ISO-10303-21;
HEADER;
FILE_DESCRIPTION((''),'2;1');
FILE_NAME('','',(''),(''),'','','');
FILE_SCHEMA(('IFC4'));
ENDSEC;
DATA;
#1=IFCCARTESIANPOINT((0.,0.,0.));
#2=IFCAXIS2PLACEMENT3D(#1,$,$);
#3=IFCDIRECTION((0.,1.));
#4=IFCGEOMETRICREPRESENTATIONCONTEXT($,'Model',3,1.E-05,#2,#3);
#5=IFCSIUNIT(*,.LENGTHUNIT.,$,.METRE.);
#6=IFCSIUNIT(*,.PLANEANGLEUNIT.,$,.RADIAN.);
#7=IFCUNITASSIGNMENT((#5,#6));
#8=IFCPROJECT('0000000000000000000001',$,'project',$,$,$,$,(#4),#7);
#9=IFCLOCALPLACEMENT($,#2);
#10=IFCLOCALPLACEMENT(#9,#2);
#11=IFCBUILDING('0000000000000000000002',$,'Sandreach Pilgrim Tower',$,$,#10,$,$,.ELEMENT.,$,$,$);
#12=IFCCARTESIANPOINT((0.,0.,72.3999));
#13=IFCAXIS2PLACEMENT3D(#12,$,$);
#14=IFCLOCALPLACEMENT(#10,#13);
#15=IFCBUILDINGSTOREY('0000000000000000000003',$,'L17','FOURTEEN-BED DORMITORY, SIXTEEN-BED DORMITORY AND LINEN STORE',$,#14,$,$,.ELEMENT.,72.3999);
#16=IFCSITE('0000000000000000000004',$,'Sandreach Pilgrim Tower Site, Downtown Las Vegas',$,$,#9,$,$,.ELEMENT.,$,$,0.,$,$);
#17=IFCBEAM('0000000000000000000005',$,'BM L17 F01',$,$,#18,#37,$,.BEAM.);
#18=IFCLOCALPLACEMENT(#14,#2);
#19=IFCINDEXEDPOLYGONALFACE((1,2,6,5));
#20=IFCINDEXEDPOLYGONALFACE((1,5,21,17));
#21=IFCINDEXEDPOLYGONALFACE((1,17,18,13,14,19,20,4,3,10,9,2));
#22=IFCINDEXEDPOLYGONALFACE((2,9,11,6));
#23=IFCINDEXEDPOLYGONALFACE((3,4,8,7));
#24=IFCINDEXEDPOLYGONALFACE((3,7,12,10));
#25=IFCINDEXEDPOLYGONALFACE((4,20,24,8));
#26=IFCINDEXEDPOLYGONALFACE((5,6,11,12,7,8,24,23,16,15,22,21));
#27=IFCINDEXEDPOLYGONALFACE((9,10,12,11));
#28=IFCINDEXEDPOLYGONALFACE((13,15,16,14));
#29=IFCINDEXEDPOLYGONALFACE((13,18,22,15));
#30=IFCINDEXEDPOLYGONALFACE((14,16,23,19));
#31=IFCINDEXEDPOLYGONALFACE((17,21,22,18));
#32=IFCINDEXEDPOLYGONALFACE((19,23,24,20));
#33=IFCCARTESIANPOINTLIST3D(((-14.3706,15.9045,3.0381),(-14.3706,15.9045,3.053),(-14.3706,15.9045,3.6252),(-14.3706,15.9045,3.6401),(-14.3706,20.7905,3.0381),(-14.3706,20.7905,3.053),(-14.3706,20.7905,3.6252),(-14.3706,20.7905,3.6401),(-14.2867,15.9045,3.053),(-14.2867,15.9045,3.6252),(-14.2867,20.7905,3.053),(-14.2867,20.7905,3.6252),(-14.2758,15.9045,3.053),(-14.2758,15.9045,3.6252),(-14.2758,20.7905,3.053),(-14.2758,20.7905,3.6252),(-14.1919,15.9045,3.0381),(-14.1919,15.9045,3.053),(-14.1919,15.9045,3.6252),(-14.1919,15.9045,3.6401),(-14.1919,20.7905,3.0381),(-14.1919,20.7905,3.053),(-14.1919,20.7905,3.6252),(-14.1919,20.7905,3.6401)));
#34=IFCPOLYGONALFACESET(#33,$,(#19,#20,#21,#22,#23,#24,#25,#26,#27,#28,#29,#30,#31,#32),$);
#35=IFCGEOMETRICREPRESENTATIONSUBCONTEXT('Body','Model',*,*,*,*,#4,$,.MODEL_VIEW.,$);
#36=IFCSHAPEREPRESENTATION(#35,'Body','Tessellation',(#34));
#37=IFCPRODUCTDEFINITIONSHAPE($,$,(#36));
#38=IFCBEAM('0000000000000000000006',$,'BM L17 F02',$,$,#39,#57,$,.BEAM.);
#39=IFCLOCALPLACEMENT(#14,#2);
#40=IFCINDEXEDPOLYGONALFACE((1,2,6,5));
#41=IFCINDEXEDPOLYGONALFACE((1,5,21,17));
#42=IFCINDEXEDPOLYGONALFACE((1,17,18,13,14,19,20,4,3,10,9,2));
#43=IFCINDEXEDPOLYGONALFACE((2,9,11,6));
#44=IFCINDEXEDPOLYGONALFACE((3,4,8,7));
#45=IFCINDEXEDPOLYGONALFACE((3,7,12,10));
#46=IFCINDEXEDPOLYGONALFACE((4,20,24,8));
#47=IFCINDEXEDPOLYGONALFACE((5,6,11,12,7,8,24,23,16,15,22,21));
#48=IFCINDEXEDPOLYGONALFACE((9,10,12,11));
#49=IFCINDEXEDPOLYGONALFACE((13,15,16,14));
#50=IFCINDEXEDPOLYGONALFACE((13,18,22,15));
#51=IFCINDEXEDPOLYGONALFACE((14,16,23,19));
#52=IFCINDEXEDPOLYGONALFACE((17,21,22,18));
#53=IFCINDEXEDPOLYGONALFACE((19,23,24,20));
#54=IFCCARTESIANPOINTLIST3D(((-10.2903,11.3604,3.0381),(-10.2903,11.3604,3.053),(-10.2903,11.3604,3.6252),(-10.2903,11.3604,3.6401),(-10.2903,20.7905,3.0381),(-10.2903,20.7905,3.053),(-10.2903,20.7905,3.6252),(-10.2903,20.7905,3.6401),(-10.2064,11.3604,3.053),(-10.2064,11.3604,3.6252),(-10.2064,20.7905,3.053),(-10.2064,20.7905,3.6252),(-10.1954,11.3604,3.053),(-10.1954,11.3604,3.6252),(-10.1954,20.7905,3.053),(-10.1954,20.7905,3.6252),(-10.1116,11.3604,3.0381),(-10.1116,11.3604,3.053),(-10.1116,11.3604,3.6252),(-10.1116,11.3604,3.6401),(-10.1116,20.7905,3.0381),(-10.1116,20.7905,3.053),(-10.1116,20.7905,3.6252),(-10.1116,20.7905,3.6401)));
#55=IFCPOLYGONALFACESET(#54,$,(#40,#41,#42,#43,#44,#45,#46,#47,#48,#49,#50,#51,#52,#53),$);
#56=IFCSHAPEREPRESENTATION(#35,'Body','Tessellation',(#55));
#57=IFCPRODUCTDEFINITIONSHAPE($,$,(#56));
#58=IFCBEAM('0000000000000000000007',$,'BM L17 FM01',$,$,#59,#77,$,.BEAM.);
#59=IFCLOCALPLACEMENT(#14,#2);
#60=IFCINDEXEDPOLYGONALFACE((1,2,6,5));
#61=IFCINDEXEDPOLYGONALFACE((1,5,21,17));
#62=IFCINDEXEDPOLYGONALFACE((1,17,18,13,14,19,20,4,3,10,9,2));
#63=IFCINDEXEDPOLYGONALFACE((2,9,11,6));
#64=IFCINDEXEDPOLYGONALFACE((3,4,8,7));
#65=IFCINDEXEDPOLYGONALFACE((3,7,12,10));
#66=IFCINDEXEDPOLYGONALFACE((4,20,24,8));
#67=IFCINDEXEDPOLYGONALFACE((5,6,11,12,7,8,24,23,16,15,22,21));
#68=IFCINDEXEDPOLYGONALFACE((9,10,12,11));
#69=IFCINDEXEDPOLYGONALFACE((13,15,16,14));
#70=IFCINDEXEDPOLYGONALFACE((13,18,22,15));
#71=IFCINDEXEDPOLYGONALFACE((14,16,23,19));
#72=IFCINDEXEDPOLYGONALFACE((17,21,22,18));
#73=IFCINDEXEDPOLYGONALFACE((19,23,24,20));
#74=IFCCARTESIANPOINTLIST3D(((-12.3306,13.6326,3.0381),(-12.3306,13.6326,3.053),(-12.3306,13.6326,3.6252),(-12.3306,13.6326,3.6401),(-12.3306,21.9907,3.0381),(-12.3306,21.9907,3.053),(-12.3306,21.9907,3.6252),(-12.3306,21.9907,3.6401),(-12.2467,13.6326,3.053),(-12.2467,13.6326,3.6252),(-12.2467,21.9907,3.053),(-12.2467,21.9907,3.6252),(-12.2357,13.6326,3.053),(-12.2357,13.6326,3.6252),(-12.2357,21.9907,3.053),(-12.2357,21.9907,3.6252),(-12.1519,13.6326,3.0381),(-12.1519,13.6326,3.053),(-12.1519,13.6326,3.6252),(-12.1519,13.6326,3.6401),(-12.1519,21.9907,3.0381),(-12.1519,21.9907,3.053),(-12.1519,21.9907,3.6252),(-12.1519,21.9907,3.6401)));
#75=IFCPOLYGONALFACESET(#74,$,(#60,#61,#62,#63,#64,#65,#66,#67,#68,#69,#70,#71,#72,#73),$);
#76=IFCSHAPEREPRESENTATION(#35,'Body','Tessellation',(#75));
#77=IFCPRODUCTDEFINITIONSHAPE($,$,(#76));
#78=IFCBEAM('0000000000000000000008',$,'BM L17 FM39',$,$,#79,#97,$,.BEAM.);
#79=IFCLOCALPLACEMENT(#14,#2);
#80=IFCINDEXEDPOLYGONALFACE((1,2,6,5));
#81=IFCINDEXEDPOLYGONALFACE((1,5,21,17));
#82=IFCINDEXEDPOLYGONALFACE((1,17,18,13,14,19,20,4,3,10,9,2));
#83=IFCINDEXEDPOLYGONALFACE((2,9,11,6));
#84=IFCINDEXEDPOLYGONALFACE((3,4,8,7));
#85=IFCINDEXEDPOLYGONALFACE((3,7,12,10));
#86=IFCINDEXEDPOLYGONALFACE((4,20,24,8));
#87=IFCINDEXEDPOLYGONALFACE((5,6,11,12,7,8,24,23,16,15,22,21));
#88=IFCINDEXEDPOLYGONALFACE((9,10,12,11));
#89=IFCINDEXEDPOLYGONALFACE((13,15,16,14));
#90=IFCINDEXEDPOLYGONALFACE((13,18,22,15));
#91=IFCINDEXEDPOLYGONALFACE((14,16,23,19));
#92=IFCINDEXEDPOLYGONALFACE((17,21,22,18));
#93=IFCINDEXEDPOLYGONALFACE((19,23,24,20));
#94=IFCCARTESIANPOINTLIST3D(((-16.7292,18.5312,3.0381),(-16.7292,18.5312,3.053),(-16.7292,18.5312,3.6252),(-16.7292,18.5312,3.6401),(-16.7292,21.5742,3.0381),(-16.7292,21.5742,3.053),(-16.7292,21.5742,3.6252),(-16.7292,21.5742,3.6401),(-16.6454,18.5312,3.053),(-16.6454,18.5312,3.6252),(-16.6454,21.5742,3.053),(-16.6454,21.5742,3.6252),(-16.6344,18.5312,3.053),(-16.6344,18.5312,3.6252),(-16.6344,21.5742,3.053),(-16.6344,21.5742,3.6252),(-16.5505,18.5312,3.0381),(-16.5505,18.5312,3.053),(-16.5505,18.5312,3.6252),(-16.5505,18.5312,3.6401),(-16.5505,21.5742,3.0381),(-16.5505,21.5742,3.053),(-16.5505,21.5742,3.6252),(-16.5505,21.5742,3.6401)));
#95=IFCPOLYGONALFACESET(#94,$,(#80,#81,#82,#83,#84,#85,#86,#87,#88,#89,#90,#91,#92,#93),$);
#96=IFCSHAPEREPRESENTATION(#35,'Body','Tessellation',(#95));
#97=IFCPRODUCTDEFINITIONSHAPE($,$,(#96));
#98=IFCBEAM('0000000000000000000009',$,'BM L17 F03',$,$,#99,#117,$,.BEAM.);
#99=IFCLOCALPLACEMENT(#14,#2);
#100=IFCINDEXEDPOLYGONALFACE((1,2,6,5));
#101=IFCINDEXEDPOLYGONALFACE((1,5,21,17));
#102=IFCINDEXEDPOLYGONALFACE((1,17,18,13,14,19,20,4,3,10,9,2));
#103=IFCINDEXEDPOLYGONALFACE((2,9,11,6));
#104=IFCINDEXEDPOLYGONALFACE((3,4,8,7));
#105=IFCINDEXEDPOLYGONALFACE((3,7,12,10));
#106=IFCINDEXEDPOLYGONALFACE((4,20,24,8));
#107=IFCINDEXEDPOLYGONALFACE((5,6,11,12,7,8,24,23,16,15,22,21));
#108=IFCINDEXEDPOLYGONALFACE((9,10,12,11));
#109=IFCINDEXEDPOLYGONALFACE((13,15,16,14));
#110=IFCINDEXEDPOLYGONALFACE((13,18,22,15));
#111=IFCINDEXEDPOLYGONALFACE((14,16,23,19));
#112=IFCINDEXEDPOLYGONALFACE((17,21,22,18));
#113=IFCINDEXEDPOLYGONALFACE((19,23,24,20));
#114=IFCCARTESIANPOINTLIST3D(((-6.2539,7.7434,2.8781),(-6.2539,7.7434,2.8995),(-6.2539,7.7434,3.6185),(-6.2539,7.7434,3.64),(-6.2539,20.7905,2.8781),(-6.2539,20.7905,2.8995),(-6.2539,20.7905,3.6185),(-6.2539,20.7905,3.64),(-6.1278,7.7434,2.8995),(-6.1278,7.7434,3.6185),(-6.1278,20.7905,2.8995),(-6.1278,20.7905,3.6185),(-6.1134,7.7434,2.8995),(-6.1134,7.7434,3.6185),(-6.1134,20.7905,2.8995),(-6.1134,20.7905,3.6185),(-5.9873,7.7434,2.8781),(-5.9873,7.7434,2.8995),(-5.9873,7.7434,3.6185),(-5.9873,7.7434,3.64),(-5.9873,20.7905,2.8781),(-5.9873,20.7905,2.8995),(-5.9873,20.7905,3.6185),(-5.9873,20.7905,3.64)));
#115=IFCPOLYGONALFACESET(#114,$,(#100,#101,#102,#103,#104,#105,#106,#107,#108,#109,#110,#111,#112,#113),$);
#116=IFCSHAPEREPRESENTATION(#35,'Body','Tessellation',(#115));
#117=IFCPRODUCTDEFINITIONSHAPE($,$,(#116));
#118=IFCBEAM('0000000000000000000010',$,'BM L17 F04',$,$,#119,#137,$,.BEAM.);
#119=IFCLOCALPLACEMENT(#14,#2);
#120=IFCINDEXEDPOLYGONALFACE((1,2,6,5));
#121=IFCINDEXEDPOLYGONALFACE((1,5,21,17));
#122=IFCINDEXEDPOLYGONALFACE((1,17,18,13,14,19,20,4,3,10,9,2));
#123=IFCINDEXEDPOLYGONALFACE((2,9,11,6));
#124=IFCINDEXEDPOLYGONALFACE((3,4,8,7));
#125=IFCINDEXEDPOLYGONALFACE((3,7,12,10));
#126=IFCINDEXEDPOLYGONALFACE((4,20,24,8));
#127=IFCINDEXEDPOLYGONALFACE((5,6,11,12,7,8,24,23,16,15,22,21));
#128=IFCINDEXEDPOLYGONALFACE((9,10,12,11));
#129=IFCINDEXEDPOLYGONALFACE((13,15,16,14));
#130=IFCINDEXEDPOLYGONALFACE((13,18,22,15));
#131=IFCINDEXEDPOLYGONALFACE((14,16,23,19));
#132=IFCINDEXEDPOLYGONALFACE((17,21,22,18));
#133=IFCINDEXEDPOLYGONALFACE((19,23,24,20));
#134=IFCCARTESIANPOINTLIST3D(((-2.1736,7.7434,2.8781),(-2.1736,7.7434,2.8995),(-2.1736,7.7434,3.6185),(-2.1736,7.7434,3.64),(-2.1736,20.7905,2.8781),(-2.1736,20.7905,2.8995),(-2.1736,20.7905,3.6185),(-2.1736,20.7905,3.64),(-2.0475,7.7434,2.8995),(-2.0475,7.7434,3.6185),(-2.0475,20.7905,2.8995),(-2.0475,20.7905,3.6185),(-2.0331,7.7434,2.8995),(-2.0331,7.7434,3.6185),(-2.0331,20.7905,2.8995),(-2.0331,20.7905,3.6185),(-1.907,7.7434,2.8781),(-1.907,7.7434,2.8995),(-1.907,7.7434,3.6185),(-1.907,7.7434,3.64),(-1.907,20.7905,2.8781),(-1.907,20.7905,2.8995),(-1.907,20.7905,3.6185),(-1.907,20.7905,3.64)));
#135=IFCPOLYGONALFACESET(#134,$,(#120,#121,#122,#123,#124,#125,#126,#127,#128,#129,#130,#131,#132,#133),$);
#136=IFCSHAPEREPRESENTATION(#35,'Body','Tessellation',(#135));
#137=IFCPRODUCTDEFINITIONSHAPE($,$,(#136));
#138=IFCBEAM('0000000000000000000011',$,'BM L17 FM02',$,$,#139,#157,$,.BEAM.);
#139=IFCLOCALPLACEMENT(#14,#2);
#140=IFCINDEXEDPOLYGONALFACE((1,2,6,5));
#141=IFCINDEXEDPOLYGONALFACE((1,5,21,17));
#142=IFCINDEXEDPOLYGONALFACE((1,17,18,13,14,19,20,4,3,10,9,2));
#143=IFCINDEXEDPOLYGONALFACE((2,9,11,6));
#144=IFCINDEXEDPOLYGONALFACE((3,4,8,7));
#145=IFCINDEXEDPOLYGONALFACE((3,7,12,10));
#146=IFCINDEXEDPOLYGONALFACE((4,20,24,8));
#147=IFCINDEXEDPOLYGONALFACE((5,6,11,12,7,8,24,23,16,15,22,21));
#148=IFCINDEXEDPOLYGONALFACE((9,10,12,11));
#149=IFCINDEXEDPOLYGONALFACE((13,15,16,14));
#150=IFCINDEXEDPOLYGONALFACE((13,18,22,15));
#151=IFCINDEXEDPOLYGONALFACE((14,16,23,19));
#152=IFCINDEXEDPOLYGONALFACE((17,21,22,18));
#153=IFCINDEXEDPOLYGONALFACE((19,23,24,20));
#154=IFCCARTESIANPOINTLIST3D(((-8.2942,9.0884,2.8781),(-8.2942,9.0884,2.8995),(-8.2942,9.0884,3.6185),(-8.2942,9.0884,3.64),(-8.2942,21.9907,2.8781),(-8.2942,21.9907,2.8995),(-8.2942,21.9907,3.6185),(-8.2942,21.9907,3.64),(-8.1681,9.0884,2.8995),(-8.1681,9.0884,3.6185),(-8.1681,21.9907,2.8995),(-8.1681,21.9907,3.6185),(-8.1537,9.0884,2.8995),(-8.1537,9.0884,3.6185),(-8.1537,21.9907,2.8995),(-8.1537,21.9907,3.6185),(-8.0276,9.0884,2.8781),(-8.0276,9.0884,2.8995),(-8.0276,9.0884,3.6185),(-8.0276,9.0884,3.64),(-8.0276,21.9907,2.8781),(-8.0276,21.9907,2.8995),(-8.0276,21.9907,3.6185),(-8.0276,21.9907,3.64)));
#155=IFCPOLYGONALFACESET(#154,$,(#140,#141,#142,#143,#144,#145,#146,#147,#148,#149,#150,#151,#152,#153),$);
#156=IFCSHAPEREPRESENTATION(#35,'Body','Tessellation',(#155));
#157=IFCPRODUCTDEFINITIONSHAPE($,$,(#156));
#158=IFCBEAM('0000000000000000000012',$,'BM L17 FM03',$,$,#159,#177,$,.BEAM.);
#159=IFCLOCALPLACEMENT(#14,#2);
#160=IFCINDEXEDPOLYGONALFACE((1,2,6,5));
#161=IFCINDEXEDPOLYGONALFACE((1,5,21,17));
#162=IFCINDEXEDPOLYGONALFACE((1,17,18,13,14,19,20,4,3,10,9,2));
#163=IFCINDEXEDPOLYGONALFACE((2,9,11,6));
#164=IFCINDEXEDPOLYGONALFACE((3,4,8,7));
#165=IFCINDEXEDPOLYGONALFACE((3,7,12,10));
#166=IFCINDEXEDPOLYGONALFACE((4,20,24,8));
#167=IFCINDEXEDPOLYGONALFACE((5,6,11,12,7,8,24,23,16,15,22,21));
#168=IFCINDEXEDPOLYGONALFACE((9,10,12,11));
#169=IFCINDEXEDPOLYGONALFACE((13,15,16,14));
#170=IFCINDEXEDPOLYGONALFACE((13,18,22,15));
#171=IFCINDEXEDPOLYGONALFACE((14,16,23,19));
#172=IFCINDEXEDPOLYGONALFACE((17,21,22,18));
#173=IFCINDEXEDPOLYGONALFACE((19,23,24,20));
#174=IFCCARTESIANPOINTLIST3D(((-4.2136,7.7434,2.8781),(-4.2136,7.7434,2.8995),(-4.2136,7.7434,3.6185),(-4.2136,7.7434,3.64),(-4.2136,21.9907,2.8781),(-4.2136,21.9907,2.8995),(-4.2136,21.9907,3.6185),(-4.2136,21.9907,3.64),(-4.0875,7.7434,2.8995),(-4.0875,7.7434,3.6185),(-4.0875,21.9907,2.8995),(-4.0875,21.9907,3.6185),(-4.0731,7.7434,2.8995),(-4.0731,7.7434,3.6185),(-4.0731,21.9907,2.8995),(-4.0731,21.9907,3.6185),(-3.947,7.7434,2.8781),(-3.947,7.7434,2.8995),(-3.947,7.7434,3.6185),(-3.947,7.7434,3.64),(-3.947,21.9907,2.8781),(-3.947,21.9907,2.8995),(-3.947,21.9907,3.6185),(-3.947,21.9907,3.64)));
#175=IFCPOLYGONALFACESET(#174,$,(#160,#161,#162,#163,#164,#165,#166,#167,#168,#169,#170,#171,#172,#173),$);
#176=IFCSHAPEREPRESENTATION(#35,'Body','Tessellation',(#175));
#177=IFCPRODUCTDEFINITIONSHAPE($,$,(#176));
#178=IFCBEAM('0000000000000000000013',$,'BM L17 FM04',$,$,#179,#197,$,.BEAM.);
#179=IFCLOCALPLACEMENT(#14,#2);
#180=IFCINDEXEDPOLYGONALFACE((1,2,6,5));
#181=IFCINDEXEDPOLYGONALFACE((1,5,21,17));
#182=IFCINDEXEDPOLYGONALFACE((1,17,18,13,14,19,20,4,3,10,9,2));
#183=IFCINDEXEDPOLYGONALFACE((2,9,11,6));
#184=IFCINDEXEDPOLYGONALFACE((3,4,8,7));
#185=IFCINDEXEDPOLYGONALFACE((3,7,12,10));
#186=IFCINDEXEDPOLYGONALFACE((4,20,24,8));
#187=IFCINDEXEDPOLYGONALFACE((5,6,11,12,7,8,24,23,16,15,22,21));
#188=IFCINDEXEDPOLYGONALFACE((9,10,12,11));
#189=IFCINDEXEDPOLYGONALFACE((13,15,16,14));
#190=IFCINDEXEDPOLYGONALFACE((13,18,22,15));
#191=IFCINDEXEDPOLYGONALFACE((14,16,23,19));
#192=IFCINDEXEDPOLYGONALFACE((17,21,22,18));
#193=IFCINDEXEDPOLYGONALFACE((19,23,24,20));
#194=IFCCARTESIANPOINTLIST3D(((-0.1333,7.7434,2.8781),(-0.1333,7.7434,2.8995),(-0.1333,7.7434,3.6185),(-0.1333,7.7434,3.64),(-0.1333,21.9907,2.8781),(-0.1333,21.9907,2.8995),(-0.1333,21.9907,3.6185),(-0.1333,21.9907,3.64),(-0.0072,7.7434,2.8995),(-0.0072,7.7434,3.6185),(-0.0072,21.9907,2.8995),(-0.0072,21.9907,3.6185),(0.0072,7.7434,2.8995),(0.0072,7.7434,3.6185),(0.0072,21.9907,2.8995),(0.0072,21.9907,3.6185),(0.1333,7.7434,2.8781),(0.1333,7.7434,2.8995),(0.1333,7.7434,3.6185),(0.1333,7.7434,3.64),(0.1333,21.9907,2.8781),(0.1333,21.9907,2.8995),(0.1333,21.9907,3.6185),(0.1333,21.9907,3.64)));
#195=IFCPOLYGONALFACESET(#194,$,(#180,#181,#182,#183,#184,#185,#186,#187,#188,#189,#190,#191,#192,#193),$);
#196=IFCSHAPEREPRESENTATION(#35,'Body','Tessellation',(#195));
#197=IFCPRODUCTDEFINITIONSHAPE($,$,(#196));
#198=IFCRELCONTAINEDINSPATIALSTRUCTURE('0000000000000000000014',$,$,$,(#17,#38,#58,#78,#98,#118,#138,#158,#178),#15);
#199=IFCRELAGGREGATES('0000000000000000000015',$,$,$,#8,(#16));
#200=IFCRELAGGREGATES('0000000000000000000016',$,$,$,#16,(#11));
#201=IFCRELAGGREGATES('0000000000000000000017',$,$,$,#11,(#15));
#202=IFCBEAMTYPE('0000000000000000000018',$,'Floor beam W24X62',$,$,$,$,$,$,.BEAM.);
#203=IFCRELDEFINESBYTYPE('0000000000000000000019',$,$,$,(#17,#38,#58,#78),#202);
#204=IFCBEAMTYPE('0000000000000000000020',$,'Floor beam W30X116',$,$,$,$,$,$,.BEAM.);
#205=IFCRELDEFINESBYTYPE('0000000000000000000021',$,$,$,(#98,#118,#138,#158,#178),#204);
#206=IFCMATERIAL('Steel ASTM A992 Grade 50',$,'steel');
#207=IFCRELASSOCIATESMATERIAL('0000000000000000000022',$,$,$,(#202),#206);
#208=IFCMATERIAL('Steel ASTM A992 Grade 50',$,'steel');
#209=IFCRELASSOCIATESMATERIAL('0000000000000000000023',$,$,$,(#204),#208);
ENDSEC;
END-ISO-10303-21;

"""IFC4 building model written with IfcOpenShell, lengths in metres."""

from ifc_helpers import new_model, si_unit, direction, frame, origin, origin_2d, place, context, subcontext, project, spatial, i_section, extrude, material, material_profile, profile_set, type_object, element, save


model = new_model("IFC4")

# Units and contexts
model_context = context("Model", 3, precision=1e-05, world=origin(), true_north=direction((0.0, 1.0)))
body_context = subcontext(model_context, "Body", "Model", "MODEL_VIEW")
ifc_project = project(units=[si_unit("LENGTHUNIT", "METRE"), si_unit("PLANEANGLEUNIT", "RADIAN")], contexts=[model_context])

# Site, building, storey
site_placement = place(None, origin())
site = spatial("IfcSite", under=ifc_project, at=site_placement, Name="Sandreach Pilgrim Tower Site, Downtown Las Vegas", CompositionType="ELEMENT", RefElevation=0.0)
building_placement = place(site_placement, origin())
building = spatial("IfcBuilding", under=site, at=building_placement, Name="Sandreach Pilgrim Tower", CompositionType="ELEMENT")
storey_placement = place(building_placement, frame((0.0, 0.0, 72.3999)))
storey = spatial("IfcBuildingStorey", under=building, at=storey_placement, Name="L17", Description="FOURTEEN-BED DORMITORY, SIXTEEN-BED DORMITORY AND LINEN STORE", CompositionType="ELEMENT", Elevation=72.3999)

# Beams
ifc_material_1 = material(Name="Steel ASTM A992 Grade 50", Category="steel")
ifc_material_profile_1 = material_profile(ifc_material_1, i_section(OverallWidth=0.1787, OverallDepth=0.6021, WebThickness=0.011, FlangeThickness=0.0149, at=origin_2d()), Name="W24X62")
ifc_profile_set_1 = profile_set([ifc_material_profile_1], Name="Steel ASTM A992 Grade 50")
beam_type_1 = type_object("IfcBeamType", Name="Floor beam W24X62", PredefinedType="BEAM", material=ifc_profile_set_1)
beam_1_placement = place(storey_placement, frame((-14.2812, 20.7905, 3.3391), z_axis=(0.0, -1.0, 0.0), x_axis=(1.0, 0.0, 0.0)))
element("IfcBeam", 1, at=beam_1_placement, inside=storey, type_object=beam_type_1, Name="BM L17 F01", PredefinedType="BEAM", context=body_context, shape_type="SweptSolid", body=[
    extrude(i_section(OverallWidth=0.1787, OverallDepth=0.6021, WebThickness=0.011, FlangeThickness=0.0149, at=origin_2d()), origin(), (0.0, 0.0, 1.0), 4.886),
])
beam_2_placement = place(storey_placement, frame((-10.2009, 20.7905, 3.3391), z_axis=(0.0, -1.0, 0.0), x_axis=(1.0, 0.0, 0.0)))
element("IfcBeam", 2, at=beam_2_placement, inside=storey, type_object=beam_type_1, Name="BM L17 F02", PredefinedType="BEAM", context=body_context, shape_type="SweptSolid", body=[
    extrude(i_section(OverallWidth=0.1787, OverallDepth=0.6021, WebThickness=0.011, FlangeThickness=0.0149, at=origin_2d()), origin(), (0.0, 0.0, 1.0), 9.4302),
])
beam_3_placement = place(storey_placement, frame((-12.2412, 21.9907, 3.3391), z_axis=(0.0, -1.0, 0.0), x_axis=(1.0, 0.0, 0.0)))
element("IfcBeam", 3, at=beam_3_placement, inside=storey, type_object=beam_type_1, Name="BM L17 FM01", PredefinedType="BEAM", context=body_context, shape_type="SweptSolid", body=[
    extrude(i_section(OverallWidth=0.1787, OverallDepth=0.6021, WebThickness=0.011, FlangeThickness=0.0149, at=origin_2d()), origin(), (0.0, 0.0, 1.0), 8.3582),
])
beam_4_placement = place(storey_placement, frame((-16.6399, 21.5742, 3.3391), z_axis=(0.0, -1.0, 0.0), x_axis=(1.0, 0.0, 0.0)))
element("IfcBeam", 4, at=beam_4_placement, inside=storey, type_object=beam_type_1, Name="BM L17 FM39", PredefinedType="BEAM", context=body_context, shape_type="SweptSolid", body=[
    extrude(i_section(OverallWidth=0.1787, OverallDepth=0.6021, WebThickness=0.011, FlangeThickness=0.0149, at=origin_2d()), origin(), (0.0, 0.0, 1.0), 3.043),
])
ifc_material_2 = material(Name="Steel ASTM A992 Grade 50", Category="steel")
ifc_material_profile_2 = material_profile(ifc_material_2, i_section(OverallWidth=0.2666, OverallDepth=0.762, WebThickness=0.0144, FlangeThickness=0.0215, at=origin_2d()), Name="W30X116")
ifc_profile_set_2 = profile_set([ifc_material_profile_2], Name="Steel ASTM A992 Grade 50")
beam_type_2 = type_object("IfcBeamType", Name="Floor beam W30X116", PredefinedType="BEAM", material=ifc_profile_set_2)
for number, where, z_axis, x_axis, name in (
    (5, (-6.1206, 20.7905, 3.259), (0.0, -1.0, 0.0), (1.0, 0.0, 0.0), "BM L17 F03"),
    (6, (-2.0403, 20.7905, 3.259), (0.0, -1.0, 0.0), (1.0, 0.0, 0.0), "BM L17 F04"),
):
    element("IfcBeam", number, at=place(storey_placement, frame(where, z_axis=z_axis, x_axis=x_axis)), inside=storey, type_object=beam_type_2, Name=name, PredefinedType="BEAM", context=body_context, shape_type="SweptSolid", body=[
        extrude(i_section(OverallWidth=0.2666, OverallDepth=0.762, WebThickness=0.0144, FlangeThickness=0.0215, at=origin_2d()), origin(), (0.0, 0.0, 1.0), 13.0471),
    ])
beam_5_placement = place(storey_placement, frame((-8.1609, 21.9907, 3.259), z_axis=(0.0, -1.0, 0.0), x_axis=(1.0, 0.0, 0.0)))
element("IfcBeam", 7, at=beam_5_placement, inside=storey, type_object=beam_type_2, Name="BM L17 FM02", PredefinedType="BEAM", context=body_context, shape_type="SweptSolid", body=[
    extrude(i_section(OverallWidth=0.2666, OverallDepth=0.762, WebThickness=0.0144, FlangeThickness=0.0215, at=origin_2d()), origin(), (0.0, 0.0, 1.0), 12.9023),
])
for number, where, z_axis, x_axis, name in (
    (8, (-4.0803, 21.9907, 3.259), (0.0, -1.0, 0.0), (1.0, 0.0, 0.0), "BM L17 FM03"),
    (9, (0.0, 21.9907, 3.259), (0.0, -1.0, 0.0), (1.0, 0.0, 0.0), "BM L17 FM04"),
):
    element("IfcBeam", number, at=place(storey_placement, frame(where, z_axis=z_axis, x_axis=x_axis)), inside=storey, type_object=beam_type_2, Name=name, PredefinedType="BEAM", context=body_context, shape_type="SweptSolid", body=[
        extrude(i_section(OverallWidth=0.2666, OverallDepth=0.762, WebThickness=0.0144, FlangeThickness=0.0215, at=origin_2d()), origin(), (0.0, 0.0, 1.0), 14.2473),
    ])

save(model, "model.ifc")
